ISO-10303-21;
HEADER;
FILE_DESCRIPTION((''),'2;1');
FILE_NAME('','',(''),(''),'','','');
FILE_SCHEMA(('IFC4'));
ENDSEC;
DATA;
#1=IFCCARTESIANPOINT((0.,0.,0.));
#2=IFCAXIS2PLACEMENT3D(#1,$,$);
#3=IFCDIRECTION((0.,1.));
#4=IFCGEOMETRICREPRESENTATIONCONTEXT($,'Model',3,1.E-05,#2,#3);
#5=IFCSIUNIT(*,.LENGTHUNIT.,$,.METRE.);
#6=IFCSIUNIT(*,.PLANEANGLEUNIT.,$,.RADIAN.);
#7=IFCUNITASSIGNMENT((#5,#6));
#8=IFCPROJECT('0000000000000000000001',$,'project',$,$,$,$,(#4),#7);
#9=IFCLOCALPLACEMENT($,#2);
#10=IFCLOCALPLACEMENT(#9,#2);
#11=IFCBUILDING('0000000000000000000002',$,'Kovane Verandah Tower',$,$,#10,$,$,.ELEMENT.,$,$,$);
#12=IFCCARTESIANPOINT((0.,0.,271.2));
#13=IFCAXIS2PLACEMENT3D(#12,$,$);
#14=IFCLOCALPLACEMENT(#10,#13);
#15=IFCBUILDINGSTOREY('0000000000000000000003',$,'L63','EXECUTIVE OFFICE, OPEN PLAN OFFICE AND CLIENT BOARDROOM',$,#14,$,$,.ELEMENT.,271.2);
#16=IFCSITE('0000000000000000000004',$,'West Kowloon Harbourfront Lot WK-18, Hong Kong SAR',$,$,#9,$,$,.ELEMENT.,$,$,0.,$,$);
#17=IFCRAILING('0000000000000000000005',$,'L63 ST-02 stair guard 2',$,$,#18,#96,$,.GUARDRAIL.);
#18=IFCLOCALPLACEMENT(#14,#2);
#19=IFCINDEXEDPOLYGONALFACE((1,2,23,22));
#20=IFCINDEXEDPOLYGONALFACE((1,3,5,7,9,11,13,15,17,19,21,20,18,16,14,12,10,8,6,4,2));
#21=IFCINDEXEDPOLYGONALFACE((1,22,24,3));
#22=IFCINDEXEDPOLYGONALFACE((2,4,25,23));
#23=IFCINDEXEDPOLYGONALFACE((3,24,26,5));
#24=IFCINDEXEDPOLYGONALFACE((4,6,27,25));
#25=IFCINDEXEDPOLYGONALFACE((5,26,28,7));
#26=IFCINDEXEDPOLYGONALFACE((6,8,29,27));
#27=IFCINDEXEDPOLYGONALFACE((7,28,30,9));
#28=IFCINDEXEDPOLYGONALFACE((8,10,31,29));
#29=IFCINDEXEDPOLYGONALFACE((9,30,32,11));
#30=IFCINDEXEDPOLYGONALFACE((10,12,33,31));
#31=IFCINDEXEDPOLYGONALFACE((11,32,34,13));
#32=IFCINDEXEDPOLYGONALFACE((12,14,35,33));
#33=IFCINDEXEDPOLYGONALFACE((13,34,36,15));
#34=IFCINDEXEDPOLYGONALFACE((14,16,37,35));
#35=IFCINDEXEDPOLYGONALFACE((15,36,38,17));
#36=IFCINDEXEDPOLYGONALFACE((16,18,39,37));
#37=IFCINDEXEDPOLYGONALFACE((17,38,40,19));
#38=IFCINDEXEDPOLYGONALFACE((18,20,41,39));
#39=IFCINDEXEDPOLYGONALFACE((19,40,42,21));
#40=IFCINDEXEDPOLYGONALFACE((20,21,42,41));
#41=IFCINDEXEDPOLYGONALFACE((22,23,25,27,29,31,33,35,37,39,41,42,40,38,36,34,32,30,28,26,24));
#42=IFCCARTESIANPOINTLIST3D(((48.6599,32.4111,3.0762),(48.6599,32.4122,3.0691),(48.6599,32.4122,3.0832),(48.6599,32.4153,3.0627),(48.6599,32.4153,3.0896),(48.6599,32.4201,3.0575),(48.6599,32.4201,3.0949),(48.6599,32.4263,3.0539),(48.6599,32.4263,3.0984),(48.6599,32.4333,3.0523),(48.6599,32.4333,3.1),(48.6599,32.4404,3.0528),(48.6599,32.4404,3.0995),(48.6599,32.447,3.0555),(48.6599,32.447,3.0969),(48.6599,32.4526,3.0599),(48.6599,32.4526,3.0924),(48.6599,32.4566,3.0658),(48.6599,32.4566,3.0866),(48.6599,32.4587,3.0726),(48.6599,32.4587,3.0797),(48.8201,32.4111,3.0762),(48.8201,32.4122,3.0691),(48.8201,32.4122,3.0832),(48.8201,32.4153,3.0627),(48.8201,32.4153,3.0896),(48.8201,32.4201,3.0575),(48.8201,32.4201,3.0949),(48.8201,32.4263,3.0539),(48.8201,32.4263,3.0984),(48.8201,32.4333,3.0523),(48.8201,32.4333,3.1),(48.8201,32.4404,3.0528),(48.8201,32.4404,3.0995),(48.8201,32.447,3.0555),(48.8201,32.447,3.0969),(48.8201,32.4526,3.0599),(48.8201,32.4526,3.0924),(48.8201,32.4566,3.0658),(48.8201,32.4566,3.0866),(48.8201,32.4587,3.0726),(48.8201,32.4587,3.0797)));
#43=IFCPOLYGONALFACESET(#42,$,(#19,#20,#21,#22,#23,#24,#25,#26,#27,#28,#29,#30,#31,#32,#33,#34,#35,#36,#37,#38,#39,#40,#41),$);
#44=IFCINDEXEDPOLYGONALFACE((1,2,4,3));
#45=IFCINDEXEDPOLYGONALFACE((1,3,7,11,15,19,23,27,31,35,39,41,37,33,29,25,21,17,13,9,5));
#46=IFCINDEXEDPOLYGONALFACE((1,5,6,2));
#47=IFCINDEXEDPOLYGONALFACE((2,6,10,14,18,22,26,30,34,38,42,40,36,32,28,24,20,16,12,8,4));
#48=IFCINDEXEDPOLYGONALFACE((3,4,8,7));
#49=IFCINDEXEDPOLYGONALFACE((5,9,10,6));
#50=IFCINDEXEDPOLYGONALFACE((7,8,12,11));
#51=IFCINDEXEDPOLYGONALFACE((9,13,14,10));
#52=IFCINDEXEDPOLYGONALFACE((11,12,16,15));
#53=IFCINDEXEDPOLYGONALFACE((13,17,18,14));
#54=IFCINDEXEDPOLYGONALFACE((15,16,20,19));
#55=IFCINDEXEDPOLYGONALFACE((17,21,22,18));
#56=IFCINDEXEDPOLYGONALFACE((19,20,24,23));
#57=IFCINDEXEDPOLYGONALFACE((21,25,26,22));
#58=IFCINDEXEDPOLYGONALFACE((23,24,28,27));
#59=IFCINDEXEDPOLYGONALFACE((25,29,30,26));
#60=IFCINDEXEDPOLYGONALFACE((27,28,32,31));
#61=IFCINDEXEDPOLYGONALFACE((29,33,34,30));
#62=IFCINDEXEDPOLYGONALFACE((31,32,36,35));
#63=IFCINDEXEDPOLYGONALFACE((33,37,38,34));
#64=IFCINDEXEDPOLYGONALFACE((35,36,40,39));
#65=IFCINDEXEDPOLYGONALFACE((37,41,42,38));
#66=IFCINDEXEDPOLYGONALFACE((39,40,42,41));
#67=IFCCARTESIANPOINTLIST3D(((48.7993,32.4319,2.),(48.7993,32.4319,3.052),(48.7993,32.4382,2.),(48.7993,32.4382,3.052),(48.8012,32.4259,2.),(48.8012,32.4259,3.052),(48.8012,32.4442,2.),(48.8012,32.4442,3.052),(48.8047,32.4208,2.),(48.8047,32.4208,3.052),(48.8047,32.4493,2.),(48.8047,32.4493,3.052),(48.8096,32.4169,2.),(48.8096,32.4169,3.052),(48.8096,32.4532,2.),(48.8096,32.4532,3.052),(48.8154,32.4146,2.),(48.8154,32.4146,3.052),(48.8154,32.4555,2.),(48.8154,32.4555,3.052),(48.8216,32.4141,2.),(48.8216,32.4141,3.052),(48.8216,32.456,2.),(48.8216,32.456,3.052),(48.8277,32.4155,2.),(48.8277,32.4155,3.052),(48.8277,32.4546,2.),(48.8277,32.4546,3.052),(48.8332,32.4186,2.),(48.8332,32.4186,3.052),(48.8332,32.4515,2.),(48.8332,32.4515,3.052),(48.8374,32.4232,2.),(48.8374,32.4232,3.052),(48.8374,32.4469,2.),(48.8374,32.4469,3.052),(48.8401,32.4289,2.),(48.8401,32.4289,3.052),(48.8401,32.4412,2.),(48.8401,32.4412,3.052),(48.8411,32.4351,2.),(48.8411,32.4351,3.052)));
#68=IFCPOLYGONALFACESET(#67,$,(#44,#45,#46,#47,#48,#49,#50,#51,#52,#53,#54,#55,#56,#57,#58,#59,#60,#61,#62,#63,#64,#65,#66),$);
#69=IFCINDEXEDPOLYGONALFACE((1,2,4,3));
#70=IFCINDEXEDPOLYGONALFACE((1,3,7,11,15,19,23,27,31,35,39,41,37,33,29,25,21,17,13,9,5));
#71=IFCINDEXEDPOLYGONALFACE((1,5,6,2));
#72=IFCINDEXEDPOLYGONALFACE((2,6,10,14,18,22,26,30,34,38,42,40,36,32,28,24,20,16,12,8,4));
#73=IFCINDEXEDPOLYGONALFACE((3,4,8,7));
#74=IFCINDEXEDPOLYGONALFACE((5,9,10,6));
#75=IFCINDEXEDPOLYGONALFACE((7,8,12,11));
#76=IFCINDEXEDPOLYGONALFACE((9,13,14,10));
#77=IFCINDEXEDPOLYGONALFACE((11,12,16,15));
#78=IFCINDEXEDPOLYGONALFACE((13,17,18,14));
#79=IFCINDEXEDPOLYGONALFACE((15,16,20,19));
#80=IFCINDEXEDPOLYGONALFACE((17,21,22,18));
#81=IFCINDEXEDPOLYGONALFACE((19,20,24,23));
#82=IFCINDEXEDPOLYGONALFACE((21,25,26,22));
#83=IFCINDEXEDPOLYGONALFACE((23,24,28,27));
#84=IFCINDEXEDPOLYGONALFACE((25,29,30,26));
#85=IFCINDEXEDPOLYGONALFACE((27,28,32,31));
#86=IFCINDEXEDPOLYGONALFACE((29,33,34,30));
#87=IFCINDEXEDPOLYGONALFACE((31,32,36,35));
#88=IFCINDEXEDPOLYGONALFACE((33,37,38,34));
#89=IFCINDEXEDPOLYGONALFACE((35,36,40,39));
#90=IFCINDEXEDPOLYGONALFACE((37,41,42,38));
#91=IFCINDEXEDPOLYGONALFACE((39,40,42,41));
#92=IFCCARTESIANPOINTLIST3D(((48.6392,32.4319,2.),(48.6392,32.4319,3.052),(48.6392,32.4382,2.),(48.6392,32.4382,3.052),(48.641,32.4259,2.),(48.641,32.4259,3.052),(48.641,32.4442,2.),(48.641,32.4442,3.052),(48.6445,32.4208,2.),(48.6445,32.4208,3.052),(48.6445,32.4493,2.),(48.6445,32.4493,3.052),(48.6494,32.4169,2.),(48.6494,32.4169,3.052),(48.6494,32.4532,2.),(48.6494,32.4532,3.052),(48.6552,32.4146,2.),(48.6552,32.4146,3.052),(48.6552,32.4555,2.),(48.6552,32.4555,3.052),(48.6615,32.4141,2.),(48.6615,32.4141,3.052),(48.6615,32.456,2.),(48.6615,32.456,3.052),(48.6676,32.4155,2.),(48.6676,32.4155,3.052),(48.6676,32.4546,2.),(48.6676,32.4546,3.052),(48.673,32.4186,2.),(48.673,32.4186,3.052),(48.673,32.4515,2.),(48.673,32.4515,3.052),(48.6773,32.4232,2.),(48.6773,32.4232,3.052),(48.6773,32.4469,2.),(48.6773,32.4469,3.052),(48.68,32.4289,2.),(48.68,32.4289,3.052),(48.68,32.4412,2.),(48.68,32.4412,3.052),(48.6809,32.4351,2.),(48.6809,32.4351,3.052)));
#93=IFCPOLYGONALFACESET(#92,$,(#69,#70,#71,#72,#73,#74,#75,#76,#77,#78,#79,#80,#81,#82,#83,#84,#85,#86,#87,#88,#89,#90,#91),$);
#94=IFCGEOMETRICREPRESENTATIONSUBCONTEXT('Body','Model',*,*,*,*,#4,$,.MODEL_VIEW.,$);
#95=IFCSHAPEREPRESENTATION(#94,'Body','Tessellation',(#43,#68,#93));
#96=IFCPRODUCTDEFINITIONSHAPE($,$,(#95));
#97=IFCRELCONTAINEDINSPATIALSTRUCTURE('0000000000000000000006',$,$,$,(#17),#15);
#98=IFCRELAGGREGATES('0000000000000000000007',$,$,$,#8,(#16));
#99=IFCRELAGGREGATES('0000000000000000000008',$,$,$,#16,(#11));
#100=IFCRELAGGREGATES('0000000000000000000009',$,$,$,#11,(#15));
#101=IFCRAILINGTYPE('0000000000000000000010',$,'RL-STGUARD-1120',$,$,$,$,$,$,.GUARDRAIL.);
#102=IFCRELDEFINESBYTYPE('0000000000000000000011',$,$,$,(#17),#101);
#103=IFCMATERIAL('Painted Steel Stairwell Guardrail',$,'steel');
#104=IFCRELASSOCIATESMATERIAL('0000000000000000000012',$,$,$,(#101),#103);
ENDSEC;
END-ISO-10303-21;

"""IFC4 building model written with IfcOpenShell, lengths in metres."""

from ifc_helpers import new_model, si_unit, direction, frame, origin, origin_2d, place, context, subcontext, project, spatial, circle, extrude, material, type_object, element, save


model = new_model("IFC4")

# Units and contexts
model_context = context("Model", 3, precision=1e-05, world=origin(), true_north=direction((0.0, 1.0)))
body_context = subcontext(model_context, "Body", "Model", "MODEL_VIEW")
ifc_project = project(units=[si_unit("LENGTHUNIT", "METRE"), si_unit("PLANEANGLEUNIT", "RADIAN")], contexts=[model_context])

# Site, building, storey
site_placement = place(None, origin())
site = spatial("IfcSite", under=ifc_project, at=site_placement, Name="West Kowloon Harbourfront Lot WK-18, Hong Kong SAR", CompositionType="ELEMENT", RefElevation=0.0)
building_placement = place(site_placement, origin())
building = spatial("IfcBuilding", under=site, at=building_placement, Name="Kovane Verandah Tower", CompositionType="ELEMENT")
storey_placement = place(building_placement, frame((0.0, 0.0, 271.2)))
storey = spatial("IfcBuildingStorey", under=building, at=storey_placement, Name="L63", Description="EXECUTIVE OFFICE, OPEN PLAN OFFICE AND CLIENT BOARDROOM", CompositionType="ELEMENT", Elevation=271.2)

# Railing
ifc_material_1 = material(Name="Painted Steel Stairwell Guardrail", Category="steel")
railing_type_1 = type_object("IfcRailingType", Name="RL-STGUARD-1120", PredefinedType="GUARDRAIL", material=ifc_material_1)
railing_1_placement = place(storey_placement, frame((48.8201, 32.4351, 2.0)))
element("IfcRailing", 1, at=railing_1_placement, inside=storey, type_object=railing_type_1, Name="L63 ST-02 stair guard 2", PredefinedType="GUARDRAIL", context=body_context, shape_type="SweptSolid", body=[
    extrude(circle(Radius=0.0239, at=origin_2d()), frame((0.0, 0.0, 1.0762), z_axis=(-1.0, 0.0, 0.0), x_axis=(0.0, -1.0, 0.0)), (0.0, 0.0, 1.0), 0.1602),
    extrude(circle(Radius=0.021, at=origin_2d()), origin(), (0.0, 0.0, 1.0), 1.052),
    extrude(circle(Radius=0.021, at=origin_2d()), frame((-0.1602, 0.0, 0.0)), (0.0, 0.0, 1.0), 1.052),
])

save(model, "model.ifc")
